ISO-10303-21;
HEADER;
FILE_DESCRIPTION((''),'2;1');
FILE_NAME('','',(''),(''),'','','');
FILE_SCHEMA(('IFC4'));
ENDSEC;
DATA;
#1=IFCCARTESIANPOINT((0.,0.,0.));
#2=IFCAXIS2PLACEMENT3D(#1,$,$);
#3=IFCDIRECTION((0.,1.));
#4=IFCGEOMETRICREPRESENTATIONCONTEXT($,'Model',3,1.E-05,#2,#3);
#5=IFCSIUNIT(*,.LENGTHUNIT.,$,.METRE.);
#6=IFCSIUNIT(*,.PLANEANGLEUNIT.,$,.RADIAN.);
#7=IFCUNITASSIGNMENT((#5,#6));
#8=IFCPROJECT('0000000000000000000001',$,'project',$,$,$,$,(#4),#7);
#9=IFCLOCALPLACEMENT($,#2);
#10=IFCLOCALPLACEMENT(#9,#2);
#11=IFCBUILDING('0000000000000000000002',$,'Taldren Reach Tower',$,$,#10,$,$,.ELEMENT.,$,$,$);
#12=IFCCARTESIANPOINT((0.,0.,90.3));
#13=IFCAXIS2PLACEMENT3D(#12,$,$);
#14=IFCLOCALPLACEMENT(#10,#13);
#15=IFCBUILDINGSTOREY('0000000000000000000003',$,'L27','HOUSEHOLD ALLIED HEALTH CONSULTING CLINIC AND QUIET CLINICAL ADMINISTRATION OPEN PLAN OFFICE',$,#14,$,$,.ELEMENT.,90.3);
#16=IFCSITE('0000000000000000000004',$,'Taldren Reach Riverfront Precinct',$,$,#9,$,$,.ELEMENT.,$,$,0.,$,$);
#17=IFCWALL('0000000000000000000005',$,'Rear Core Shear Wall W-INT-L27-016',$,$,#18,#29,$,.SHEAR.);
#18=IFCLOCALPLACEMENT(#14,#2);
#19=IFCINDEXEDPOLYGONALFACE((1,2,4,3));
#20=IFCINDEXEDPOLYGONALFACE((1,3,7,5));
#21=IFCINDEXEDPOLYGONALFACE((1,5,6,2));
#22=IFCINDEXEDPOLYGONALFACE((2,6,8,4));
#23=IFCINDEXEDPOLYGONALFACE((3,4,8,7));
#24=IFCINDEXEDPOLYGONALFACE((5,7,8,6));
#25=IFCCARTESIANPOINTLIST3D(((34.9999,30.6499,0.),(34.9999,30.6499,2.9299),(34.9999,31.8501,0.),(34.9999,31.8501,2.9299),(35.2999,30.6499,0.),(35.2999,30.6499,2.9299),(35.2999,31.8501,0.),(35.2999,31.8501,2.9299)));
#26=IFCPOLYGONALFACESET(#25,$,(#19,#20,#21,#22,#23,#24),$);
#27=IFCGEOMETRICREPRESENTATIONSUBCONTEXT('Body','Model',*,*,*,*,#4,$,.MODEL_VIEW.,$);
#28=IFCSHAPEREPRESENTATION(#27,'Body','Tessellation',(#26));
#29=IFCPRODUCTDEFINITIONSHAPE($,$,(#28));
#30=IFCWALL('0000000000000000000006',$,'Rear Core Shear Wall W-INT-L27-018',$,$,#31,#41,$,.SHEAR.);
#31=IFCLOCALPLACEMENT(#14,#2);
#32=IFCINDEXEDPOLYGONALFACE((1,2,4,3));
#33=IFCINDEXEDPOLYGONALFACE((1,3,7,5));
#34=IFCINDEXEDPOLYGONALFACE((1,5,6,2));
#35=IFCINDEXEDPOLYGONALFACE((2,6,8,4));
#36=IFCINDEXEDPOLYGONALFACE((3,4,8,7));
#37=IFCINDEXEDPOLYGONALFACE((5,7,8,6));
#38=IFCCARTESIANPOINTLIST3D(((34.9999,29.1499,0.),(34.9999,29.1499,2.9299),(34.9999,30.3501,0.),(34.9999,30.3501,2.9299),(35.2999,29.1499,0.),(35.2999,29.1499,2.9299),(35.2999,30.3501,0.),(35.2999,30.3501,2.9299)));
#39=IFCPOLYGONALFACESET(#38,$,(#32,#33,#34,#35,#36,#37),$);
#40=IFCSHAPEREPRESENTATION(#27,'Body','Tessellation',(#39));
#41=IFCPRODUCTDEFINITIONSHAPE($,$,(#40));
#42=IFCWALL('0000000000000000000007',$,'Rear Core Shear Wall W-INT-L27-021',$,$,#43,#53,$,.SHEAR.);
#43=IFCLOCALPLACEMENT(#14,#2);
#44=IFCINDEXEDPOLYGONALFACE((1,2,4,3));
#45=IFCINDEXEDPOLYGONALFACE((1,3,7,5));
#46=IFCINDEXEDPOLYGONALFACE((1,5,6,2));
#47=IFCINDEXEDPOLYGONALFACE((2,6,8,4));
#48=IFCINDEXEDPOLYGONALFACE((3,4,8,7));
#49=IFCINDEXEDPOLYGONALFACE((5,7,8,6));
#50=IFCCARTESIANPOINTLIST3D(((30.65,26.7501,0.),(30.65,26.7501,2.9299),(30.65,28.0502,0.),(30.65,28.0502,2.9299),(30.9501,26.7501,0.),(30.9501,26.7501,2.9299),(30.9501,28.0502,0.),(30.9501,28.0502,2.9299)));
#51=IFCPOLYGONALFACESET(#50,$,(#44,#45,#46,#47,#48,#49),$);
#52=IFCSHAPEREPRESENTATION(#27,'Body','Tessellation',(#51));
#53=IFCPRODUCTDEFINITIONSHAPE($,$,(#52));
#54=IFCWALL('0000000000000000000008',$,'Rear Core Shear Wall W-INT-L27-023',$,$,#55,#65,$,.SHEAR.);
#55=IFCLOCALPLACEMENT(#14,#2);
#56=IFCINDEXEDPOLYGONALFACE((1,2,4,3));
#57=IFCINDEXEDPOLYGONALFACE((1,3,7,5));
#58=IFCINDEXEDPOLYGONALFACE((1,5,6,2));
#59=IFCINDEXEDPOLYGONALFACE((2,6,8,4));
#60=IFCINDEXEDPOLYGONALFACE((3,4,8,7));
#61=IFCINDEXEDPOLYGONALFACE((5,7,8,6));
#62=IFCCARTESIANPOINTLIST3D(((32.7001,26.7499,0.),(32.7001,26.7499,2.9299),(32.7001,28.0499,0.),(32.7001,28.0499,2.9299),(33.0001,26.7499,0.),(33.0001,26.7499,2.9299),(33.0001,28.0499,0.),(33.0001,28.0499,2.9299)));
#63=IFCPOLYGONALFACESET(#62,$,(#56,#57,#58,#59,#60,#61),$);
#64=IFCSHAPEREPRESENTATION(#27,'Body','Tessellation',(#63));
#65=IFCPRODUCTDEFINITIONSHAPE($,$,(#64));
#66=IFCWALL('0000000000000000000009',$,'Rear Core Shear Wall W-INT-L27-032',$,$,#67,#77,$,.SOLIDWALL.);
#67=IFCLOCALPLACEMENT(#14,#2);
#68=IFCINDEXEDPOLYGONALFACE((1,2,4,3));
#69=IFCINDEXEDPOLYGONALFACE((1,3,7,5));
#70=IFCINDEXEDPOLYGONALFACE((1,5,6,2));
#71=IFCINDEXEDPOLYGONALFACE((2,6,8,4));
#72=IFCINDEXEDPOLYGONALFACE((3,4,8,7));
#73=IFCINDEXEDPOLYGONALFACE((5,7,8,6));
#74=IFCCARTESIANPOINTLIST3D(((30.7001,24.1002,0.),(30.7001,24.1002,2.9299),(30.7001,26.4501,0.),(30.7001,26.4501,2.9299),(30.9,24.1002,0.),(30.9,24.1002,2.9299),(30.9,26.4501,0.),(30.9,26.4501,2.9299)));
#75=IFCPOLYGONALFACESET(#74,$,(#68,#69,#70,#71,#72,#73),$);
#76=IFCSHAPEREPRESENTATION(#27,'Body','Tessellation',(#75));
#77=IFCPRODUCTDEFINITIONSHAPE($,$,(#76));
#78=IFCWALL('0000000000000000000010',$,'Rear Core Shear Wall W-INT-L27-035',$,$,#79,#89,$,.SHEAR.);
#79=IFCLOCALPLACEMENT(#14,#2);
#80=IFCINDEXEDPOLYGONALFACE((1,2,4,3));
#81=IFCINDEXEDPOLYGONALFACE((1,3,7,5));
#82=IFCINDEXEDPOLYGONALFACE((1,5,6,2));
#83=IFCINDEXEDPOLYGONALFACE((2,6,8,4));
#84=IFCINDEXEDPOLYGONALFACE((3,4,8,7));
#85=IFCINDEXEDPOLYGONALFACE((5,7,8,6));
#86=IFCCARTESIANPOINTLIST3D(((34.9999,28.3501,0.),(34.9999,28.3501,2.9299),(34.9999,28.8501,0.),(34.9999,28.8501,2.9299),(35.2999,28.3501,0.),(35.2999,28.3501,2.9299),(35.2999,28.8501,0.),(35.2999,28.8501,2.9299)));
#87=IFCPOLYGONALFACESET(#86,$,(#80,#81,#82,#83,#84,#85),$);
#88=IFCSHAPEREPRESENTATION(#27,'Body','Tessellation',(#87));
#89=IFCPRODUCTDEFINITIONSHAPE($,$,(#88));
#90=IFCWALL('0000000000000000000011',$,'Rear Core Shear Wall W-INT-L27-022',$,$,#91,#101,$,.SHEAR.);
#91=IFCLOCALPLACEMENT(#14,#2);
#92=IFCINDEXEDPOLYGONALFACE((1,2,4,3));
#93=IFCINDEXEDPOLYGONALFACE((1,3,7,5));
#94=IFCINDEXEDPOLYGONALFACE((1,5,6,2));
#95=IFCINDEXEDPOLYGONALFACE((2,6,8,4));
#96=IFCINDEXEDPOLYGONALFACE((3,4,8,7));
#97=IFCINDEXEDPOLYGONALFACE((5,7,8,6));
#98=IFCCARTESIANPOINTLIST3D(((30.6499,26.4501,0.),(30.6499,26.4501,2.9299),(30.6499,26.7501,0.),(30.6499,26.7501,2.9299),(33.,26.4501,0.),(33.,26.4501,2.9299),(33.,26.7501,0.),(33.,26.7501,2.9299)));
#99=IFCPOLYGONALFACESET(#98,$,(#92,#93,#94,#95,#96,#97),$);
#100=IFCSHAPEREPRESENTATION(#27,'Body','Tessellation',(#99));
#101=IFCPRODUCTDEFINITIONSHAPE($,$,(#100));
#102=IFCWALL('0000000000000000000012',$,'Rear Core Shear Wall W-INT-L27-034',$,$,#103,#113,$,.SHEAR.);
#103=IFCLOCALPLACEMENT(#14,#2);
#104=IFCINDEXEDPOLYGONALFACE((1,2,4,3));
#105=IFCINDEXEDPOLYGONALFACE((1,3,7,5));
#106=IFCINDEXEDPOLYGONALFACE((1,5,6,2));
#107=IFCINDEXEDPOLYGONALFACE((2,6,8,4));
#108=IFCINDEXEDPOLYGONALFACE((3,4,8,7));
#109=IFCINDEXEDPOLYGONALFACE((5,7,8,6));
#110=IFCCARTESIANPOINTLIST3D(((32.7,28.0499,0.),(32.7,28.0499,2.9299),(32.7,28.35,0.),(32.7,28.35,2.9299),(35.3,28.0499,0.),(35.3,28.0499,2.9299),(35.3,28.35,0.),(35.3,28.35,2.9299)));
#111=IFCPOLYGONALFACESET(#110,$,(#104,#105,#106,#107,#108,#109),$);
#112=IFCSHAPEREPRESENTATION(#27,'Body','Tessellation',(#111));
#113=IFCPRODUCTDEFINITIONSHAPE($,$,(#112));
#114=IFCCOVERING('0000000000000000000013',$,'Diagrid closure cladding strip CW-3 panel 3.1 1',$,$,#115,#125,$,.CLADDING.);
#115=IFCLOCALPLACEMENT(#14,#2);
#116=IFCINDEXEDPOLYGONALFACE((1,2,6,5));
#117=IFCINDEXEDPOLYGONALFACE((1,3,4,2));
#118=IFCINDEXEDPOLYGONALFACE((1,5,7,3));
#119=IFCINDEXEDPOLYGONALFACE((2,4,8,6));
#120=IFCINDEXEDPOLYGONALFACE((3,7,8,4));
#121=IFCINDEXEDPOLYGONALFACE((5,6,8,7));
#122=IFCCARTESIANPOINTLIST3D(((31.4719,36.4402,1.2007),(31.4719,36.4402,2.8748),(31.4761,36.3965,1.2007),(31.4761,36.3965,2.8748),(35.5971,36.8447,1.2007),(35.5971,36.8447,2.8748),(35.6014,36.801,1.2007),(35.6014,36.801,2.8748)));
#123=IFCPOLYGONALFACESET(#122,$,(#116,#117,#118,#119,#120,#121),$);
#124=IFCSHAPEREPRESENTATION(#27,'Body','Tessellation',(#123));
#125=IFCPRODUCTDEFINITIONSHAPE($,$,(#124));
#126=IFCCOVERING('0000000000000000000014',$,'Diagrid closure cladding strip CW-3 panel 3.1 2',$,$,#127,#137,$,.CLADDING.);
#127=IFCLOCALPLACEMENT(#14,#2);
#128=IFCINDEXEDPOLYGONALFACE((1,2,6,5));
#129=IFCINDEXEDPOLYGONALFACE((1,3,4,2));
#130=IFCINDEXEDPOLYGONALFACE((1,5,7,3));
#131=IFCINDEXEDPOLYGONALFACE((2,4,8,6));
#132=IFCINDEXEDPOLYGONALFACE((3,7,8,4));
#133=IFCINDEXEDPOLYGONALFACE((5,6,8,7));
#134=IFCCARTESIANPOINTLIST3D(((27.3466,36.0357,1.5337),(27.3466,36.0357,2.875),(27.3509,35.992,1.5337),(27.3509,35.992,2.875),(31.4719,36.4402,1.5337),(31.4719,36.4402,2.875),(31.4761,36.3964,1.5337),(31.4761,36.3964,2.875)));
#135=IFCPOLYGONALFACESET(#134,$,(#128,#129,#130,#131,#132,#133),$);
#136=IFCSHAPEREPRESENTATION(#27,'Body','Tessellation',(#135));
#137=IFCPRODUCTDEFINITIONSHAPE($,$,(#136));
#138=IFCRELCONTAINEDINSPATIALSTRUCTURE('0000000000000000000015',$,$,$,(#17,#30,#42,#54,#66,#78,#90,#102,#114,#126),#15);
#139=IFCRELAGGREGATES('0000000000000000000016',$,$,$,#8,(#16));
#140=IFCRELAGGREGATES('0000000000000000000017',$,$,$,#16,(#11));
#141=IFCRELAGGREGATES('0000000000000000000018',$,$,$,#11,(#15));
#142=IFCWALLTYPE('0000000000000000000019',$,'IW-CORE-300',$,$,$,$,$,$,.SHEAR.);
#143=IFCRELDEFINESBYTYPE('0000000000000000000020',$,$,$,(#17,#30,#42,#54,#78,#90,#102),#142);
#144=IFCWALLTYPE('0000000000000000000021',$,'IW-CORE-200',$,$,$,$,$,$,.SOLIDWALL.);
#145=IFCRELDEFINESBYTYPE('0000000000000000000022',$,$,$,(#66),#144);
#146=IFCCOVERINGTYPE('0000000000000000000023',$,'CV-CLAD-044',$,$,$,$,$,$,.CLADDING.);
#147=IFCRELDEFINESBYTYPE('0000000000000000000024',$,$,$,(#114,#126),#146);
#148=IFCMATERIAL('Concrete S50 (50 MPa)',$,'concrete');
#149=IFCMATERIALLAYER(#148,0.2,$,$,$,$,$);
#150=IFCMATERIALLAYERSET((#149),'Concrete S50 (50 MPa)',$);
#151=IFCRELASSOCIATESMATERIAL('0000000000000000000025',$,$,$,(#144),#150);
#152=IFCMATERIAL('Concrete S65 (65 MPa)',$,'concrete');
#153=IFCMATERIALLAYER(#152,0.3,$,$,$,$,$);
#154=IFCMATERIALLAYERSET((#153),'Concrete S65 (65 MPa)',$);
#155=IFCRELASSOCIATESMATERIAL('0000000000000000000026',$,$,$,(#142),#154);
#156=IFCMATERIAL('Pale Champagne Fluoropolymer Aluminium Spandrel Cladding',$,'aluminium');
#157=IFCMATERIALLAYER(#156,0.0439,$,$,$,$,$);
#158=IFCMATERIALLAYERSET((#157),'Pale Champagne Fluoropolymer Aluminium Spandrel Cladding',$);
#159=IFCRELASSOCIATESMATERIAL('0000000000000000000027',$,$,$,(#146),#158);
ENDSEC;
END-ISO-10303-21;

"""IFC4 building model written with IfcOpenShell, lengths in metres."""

from ifc_helpers import new_model, si_unit, direction, frame, frame_2d, origin, origin_2d, place, context, subcontext, project, spatial, rectangle, extrude, source, transform, mapped, material, layer, layer_set, type_object, element, save


model = new_model("IFC4")

# Units and contexts
model_context = context("Model", 3, precision=1e-05, world=origin(), true_north=direction((0.0, 1.0)))
body_context = subcontext(model_context, "Body", "Model", "MODEL_VIEW")
ifc_project = project(units=[si_unit("LENGTHUNIT", "METRE"), si_unit("PLANEANGLEUNIT", "RADIAN")], contexts=[model_context])

# Site, building, storey
site_placement = place(None, origin())
site = spatial("IfcSite", under=ifc_project, at=site_placement, Name="Taldren Reach Riverfront Precinct", CompositionType="ELEMENT", RefElevation=0.0)
building_placement = place(site_placement, origin())
building = spatial("IfcBuilding", under=site, at=building_placement, Name="Taldren Reach Tower", CompositionType="ELEMENT")
storey_placement = place(building_placement, frame((0.0, 0.0, 90.3)))
storey = spatial("IfcBuildingStorey", under=building, at=storey_placement, Name="L27", Description="HOUSEHOLD ALLIED HEALTH CONSULTING CLINIC AND QUIET CLINICAL ADMINISTRATION OPEN PLAN OFFICE", CompositionType="ELEMENT", Elevation=90.3)

# Shared definitions
ifc_material_1 = material(Name="Concrete S50 (50 MPa)", Category="concrete")
ifc_layer_1 = layer(ifc_material_1, 0.2)
ifc_layer_set_1 = layer_set([ifc_layer_1], Name="Concrete S50 (50 MPa)")
wall_type_1 = type_object("IfcWallType", Name="IW-CORE-200", PredefinedType="SOLIDWALL", material=ifc_layer_set_1)

# Walls
ifc_material_2 = material(Name="Concrete S65 (65 MPa)", Category="concrete")
ifc_layer_2 = layer(ifc_material_2, 0.3)
ifc_layer_set_2 = layer_set([ifc_layer_2], Name="Concrete S65 (65 MPa)")
wall_type_2 = type_object("IfcWallType", Name="IW-CORE-300", PredefinedType="SHEAR", material=ifc_layer_set_2)
shared_shape_1 = source(origin(), body_context, "Body", "SweptSolid", [
    extrude(rectangle(XDim=1.2002, YDim=0.3, at=frame_2d((0.6001, 0.0))), origin(), (0.0, 0.0, 1.0), 2.9299),
])
for number, where, z_axis, x_axis, name in (
    (1, (35.1499, 31.8501, 0.0), (0.0, 0.0, 1.0), (0.0, -1.0, 0.0), "Rear Core Shear Wall W-INT-L27-016"),
    (2, (35.1499, 30.3501, 0.0), (0.0, 0.0, 1.0), (0.0, -1.0, 0.0), "Rear Core Shear Wall W-INT-L27-018"),
):
    element("IfcWall", number, at=place(storey_placement, frame(where, z_axis=z_axis, x_axis=x_axis)), inside=storey, type_object=wall_type_2, Name=name, PredefinedType="SHEAR", context=body_context, shape_type="MappedRepresentation", body=[
        mapped(shared_shape_1, transform((0.0, 0.0, 0.0), scale=1.0)),
    ])
shared_shape_2 = source(origin(), body_context, "Body", "SweptSolid", [
    extrude(rectangle(XDim=1.3, YDim=0.3, at=frame_2d((0.6499, 0.0))), origin(), (0.0, 0.0, 1.0), 2.9299),
])
for number, where, z_axis, x_axis, name in (
    (3, (30.8, 28.05, 0.0), (0.0, 0.0, 1.0), (0.0, -1.0, 0.0), "Rear Core Shear Wall W-INT-L27-021"),
    (4, (32.8501, 26.75, 0.0), (0.0, 0.0, 1.0), (0.0, 1.0, 0.0), "Rear Core Shear Wall W-INT-L27-023"),
):
    element("IfcWall", number, at=place(storey_placement, frame(where, z_axis=z_axis, x_axis=x_axis)), inside=storey, type_object=wall_type_2, Name=name, PredefinedType="SHEAR", context=body_context, shape_type="MappedRepresentation", body=[
        mapped(shared_shape_2, transform((0.0, 0.0, 0.0), scale=1.0)),
    ])

# Walls
shared_shape_3 = source(origin(), body_context, "Body", "SweptSolid", [
    extrude(rectangle(XDim=2.3499, YDim=0.2, at=frame_2d((1.1748, 0.0))), origin(), (0.0, 0.0, 1.0), 2.9299),
])
wall_1_placement = place(storey_placement, frame((30.8, 26.45, 0.0), z_axis=(0.0, 0.0, 1.0), x_axis=(0.0, -1.0, 0.0)))
element("IfcWall", 5, at=wall_1_placement, inside=storey, type_object=wall_type_1, Name="Rear Core Shear Wall W-INT-L27-032", PredefinedType="SOLIDWALL", context=body_context, shape_type="MappedRepresentation", body=[
    mapped(shared_shape_3, transform((0.0, 0.0, 0.0), scale=1.0)),
])
shared_shape_4 = source(origin(), body_context, "Body", "SweptSolid", [
    extrude(rectangle(XDim=0.5, YDim=0.3, at=frame_2d((0.25, 0.0))), origin(), (0.0, 0.0, 1.0), 2.9299),
])
wall_2_placement = place(storey_placement, frame((35.1499, 28.3501, 0.0), z_axis=(0.0, 0.0, 1.0), x_axis=(0.0, 1.0, 0.0)))
element("IfcWall", 6, at=wall_2_placement, inside=storey, type_object=wall_type_2, Name="Rear Core Shear Wall W-INT-L27-035", PredefinedType="SHEAR", context=body_context, shape_type="MappedRepresentation", body=[
    mapped(shared_shape_4, transform((0.0, 0.0, 0.0), scale=1.0)),
])
shared_shape_5 = source(origin(), body_context, "Body", "SweptSolid", [
    extrude(rectangle(XDim=2.3501, YDim=0.3, at=frame_2d((1.175, 0.0))), origin(), (0.0, 0.0, 1.0), 2.9299),
])
wall_3_placement = place(storey_placement, frame((30.6499, 26.6001, 0.0), z_axis=(0.0, 0.0, 1.0), x_axis=(1.0, 0.0, 0.0)))
element("IfcWall", 7, at=wall_3_placement, inside=storey, type_object=wall_type_2, Name="Rear Core Shear Wall W-INT-L27-022", PredefinedType="SHEAR", context=body_context, shape_type="MappedRepresentation", body=[
    mapped(shared_shape_5, transform((0.0, 0.0, 0.0), scale=1.0)),
])
shared_shape_6 = source(origin(), body_context, "Body", "SweptSolid", [
    extrude(rectangle(XDim=2.6001, YDim=0.3, at=frame_2d((1.3, 0.0))), origin(), (0.0, 0.0, 1.0), 2.9299),
])
wall_4_placement = place(storey_placement, frame((32.7, 28.2, 0.0), z_axis=(0.0, 0.0, 1.0), x_axis=(1.0, 0.0, 0.0)))
element("IfcWall", 8, at=wall_4_placement, inside=storey, type_object=wall_type_2, Name="Rear Core Shear Wall W-INT-L27-034", PredefinedType="SHEAR", context=body_context, shape_type="MappedRepresentation", body=[
    mapped(shared_shape_6, transform((0.0, 0.0, 0.0), scale=1.0)),
])

# Coverings
ifc_material_3 = material(Name="Pale Champagne Fluoropolymer Aluminium Spandrel Cladding", Category="aluminium")
ifc_layer_3 = layer(ifc_material_3, 0.0439)
ifc_layer_set_3 = layer_set([ifc_layer_3], Name="Pale Champagne Fluoropolymer Aluminium Spandrel Cladding")
covering_type = type_object("IfcCoveringType", Name="CV-CLAD-044", PredefinedType="CLADDING", material=ifc_layer_set_3)
shared_shape_7 = source(origin(), body_context, "Body", "SweptSolid", [
    extrude(rectangle(XDim=4.145, YDim=0.0439, at=origin_2d()), origin(), (0.0, 0.0, 1.0), 1.6741),
])
covering_1_placement = place(storey_placement, frame((33.5366, 36.6206, 1.2007), z_axis=(0.0, 0.0, 1.0), x_axis=(-0.995227, -0.097583, 0.0)))
element("IfcCovering", 9, at=covering_1_placement, inside=storey, type_object=covering_type, Name="Diagrid closure cladding strip CW-3 panel 3.1 1", PredefinedType="CLADDING", context=body_context, shape_type="MappedRepresentation", body=[
    mapped(shared_shape_7, transform((0.0, 0.0, 0.0), scale=1.0)),
])
shared_shape_8 = source(origin(), body_context, "Body", "SweptSolid", [
    extrude(rectangle(XDim=4.145, YDim=0.0439, at=origin_2d()), origin(), (0.0, 0.0, 1.0), 1.3413),
])
covering_2_placement = place(storey_placement, frame((29.4114, 36.2161, 1.5337), z_axis=(0.0, 0.0, 1.0), x_axis=(-0.995227, -0.097583, 0.0)))
element("IfcCovering", 10, at=covering_2_placement, inside=storey, type_object=covering_type, Name="Diagrid closure cladding strip CW-3 panel 3.1 2", PredefinedType="CLADDING", context=body_context, shape_type="MappedRepresentation", body=[
    mapped(shared_shape_8, transform((0.0, 0.0, 0.0), scale=1.0)),
])

save(model, "model.ifc")
